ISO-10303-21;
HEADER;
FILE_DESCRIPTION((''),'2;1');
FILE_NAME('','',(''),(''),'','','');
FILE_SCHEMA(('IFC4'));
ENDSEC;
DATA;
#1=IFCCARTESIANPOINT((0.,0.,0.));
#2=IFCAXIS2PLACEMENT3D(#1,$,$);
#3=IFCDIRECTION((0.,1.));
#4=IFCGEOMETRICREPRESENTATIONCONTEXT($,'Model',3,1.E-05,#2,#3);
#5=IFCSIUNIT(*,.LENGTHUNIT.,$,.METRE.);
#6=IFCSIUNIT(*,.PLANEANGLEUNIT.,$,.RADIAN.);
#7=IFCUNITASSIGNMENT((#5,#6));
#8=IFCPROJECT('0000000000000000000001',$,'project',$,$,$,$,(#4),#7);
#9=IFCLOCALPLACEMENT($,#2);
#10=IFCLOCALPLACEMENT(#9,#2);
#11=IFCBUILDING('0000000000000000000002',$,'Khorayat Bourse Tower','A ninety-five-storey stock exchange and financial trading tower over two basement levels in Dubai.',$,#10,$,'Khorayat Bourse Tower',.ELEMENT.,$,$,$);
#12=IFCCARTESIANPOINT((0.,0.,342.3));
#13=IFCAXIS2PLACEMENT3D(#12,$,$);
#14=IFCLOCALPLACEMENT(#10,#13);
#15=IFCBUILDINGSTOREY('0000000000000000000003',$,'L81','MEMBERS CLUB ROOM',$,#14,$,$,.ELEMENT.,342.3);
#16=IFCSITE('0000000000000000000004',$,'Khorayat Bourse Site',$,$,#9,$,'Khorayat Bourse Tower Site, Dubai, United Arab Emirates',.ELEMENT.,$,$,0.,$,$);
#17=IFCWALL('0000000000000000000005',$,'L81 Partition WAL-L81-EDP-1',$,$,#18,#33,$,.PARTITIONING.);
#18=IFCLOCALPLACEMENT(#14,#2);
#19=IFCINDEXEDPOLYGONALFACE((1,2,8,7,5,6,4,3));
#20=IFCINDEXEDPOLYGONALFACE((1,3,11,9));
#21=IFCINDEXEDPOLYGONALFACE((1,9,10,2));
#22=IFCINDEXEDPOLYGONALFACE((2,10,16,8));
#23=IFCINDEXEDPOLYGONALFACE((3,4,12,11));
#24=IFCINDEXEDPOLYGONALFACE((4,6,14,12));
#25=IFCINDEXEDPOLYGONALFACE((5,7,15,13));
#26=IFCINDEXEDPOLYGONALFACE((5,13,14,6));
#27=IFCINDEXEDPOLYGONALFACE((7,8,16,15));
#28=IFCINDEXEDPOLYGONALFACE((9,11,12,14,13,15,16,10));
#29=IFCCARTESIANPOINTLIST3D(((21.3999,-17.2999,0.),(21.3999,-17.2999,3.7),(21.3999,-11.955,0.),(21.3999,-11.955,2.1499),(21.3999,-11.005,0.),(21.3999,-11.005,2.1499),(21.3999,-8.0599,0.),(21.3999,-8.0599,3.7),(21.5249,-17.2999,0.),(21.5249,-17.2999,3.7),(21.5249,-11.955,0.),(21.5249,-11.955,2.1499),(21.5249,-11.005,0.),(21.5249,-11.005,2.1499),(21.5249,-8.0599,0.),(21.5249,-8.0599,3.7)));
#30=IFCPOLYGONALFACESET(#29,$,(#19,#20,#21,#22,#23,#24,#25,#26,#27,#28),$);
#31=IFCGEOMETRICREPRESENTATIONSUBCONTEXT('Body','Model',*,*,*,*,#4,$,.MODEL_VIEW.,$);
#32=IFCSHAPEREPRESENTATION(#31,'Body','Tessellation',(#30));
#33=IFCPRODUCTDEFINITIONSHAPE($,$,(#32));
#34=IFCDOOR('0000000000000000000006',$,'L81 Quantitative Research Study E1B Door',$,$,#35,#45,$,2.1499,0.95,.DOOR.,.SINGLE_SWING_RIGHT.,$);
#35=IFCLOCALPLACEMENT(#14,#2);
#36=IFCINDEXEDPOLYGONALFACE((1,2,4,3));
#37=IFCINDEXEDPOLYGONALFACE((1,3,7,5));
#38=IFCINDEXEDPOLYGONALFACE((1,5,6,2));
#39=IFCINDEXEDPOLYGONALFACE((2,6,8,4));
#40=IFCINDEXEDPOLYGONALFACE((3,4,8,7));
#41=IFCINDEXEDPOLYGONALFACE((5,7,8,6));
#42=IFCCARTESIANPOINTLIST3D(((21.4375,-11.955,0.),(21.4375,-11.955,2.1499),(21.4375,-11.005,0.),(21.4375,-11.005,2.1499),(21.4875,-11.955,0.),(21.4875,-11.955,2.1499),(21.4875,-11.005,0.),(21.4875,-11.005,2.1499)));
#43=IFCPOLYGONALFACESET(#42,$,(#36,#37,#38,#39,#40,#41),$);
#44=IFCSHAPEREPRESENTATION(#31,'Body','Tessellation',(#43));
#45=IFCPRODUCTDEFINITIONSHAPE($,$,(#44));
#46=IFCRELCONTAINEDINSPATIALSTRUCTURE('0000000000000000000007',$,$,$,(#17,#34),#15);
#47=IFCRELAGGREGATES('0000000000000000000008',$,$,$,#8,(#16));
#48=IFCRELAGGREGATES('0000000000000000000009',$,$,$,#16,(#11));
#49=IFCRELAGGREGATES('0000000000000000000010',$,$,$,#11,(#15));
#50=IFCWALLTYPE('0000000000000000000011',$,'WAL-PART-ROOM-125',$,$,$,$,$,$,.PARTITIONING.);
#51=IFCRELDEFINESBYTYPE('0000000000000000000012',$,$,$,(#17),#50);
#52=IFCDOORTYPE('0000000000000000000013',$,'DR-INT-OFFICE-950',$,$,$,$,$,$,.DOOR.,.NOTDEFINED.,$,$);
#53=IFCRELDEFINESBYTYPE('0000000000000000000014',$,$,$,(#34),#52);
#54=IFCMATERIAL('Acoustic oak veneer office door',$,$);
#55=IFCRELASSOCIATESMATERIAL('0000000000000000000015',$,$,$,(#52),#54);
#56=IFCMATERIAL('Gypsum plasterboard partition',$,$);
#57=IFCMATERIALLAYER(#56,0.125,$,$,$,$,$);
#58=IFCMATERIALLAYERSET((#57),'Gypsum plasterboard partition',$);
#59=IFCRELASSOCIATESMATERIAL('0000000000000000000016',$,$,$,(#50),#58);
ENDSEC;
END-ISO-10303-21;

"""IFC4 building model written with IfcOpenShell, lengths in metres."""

from ifc_helpers import new_model, si_unit, direction, frame, frame_2d, origin, place, context, subcontext, project, spatial, rectangle, extrude, source, transform, mapped, material, layer, layer_set, type_object, element, fill, save


model = new_model("IFC4")

# Units and contexts
model_context = context("Model", 3, precision=1e-05, world=origin(), true_north=direction((0.0, 1.0)))
body_context = subcontext(model_context, "Body", "Model", "MODEL_VIEW")
ifc_project = project(units=[si_unit("LENGTHUNIT", "METRE"), si_unit("PLANEANGLEUNIT", "RADIAN")], contexts=[model_context])

# Site, building, storey
site_placement = place(None, origin())
site = spatial("IfcSite", under=ifc_project, at=site_placement, Name="Khorayat Bourse Site", LongName="Khorayat Bourse Tower Site, Dubai, United Arab Emirates", CompositionType="ELEMENT", RefElevation=0.0)
building_placement = place(site_placement, origin())
building = spatial("IfcBuilding", under=site, at=building_placement, Name="Khorayat Bourse Tower", Description="A ninety-five-storey stock exchange and financial trading tower over two basement levels in Dubai.", LongName="Khorayat Bourse Tower", CompositionType="ELEMENT")
storey_placement = place(building_placement, frame((0.0, 0.0, 342.3)))
storey = spatial("IfcBuildingStorey", under=building, at=storey_placement, Name="L81", Description="MEMBERS CLUB ROOM", CompositionType="ELEMENT", Elevation=342.3)

# Shared definitions
ifc_material_1 = material(Name="Acoustic oak veneer office door")
door_type_1 = type_object("IfcDoorType", Name="DR-INT-OFFICE-950", OperationType="NOTDEFINED", PredefinedType="DOOR", material=ifc_material_1)
shared_shape_1 = source(origin(), body_context, "Body", "SweptSolid", [
    extrude(rectangle(XDim=0.95, YDim=2.1499, at=frame_2d((0.4751, 1.075))), frame((0.0, 0.0249, 0.0), z_axis=(0.0, -1.0, 0.0), x_axis=(1.0, 0.0, 0.0)), (0.0, 0.0, 1.0), 0.05),
])

# Wall, opening, door
ifc_material_2 = material(Name="Gypsum plasterboard partition")
ifc_layer_1 = layer(ifc_material_2, 0.125)
ifc_layer_set_1 = layer_set([ifc_layer_1], Name="Gypsum plasterboard partition")
wall_type_1 = type_object("IfcWallType", Name="WAL-PART-ROOM-125", PredefinedType="PARTITIONING", material=ifc_layer_set_1)
shared_shape_2 = source(origin(), body_context, "Body", "SweptSolid", [
    extrude(rectangle(XDim=9.24, YDim=0.125, at=frame_2d((4.6201, 0.0))), origin(), (0.0, 0.0, 1.0), 3.7),
])
wall_1_placement = place(storey_placement, frame((21.4624, -17.3, 0.0), z_axis=(0.0, 0.0, 1.0), x_axis=(0.0, 1.0, 0.0)))
wall_1 = element("IfcWall", 1, at=wall_1_placement, inside=storey, type_object=wall_type_1, Name="L81 Partition WAL-L81-EDP-1", PredefinedType="PARTITIONING", context=body_context, shape_type="MappedRepresentation", body=[
    mapped(shared_shape_2, transform((0.0, 0.0, 0.0), scale=1.0)),
])
shared_shape_3 = source(origin(), body_context, "Body", "SweptSolid", [
    extrude(rectangle(XDim=0.95, YDim=2.1499, at=frame_2d((0.4751, 1.075))), frame((0.0, 0.0725, 0.0), z_axis=(0.0, -1.0, 0.0), x_axis=(1.0, 0.0, 0.0)), (0.0, 0.0, 1.0), 0.145),
])
opening_1_placement = place(wall_1_placement, frame((5.345, 0.0, 0.0)))
opening_1 = element("IfcOpeningElement", 2, at=opening_1_placement, cuts=wall_1, PredefinedType="OPENING", context=body_context, shape_type="MappedRepresentation", body=[
    mapped(shared_shape_3, transform((0.0, 0.0, 0.0), scale=1.0)),
])
door_1_placement = place(opening_1_placement, origin())
door_1 = element("IfcDoor", 3, at=door_1_placement, inside=storey, type_object=door_type_1, Name="L81 Quantitative Research Study E1B Door", OperationType="SINGLE_SWING_RIGHT", OverallHeight=2.1499, OverallWidth=0.95, PredefinedType="DOOR", context=body_context, shape_type="MappedRepresentation", body=[
    mapped(shared_shape_1, transform((0.0, 0.0, 0.0), scale=1.0)),
])
fill(opening_1, door_1)

save(model, "model.ifc")
